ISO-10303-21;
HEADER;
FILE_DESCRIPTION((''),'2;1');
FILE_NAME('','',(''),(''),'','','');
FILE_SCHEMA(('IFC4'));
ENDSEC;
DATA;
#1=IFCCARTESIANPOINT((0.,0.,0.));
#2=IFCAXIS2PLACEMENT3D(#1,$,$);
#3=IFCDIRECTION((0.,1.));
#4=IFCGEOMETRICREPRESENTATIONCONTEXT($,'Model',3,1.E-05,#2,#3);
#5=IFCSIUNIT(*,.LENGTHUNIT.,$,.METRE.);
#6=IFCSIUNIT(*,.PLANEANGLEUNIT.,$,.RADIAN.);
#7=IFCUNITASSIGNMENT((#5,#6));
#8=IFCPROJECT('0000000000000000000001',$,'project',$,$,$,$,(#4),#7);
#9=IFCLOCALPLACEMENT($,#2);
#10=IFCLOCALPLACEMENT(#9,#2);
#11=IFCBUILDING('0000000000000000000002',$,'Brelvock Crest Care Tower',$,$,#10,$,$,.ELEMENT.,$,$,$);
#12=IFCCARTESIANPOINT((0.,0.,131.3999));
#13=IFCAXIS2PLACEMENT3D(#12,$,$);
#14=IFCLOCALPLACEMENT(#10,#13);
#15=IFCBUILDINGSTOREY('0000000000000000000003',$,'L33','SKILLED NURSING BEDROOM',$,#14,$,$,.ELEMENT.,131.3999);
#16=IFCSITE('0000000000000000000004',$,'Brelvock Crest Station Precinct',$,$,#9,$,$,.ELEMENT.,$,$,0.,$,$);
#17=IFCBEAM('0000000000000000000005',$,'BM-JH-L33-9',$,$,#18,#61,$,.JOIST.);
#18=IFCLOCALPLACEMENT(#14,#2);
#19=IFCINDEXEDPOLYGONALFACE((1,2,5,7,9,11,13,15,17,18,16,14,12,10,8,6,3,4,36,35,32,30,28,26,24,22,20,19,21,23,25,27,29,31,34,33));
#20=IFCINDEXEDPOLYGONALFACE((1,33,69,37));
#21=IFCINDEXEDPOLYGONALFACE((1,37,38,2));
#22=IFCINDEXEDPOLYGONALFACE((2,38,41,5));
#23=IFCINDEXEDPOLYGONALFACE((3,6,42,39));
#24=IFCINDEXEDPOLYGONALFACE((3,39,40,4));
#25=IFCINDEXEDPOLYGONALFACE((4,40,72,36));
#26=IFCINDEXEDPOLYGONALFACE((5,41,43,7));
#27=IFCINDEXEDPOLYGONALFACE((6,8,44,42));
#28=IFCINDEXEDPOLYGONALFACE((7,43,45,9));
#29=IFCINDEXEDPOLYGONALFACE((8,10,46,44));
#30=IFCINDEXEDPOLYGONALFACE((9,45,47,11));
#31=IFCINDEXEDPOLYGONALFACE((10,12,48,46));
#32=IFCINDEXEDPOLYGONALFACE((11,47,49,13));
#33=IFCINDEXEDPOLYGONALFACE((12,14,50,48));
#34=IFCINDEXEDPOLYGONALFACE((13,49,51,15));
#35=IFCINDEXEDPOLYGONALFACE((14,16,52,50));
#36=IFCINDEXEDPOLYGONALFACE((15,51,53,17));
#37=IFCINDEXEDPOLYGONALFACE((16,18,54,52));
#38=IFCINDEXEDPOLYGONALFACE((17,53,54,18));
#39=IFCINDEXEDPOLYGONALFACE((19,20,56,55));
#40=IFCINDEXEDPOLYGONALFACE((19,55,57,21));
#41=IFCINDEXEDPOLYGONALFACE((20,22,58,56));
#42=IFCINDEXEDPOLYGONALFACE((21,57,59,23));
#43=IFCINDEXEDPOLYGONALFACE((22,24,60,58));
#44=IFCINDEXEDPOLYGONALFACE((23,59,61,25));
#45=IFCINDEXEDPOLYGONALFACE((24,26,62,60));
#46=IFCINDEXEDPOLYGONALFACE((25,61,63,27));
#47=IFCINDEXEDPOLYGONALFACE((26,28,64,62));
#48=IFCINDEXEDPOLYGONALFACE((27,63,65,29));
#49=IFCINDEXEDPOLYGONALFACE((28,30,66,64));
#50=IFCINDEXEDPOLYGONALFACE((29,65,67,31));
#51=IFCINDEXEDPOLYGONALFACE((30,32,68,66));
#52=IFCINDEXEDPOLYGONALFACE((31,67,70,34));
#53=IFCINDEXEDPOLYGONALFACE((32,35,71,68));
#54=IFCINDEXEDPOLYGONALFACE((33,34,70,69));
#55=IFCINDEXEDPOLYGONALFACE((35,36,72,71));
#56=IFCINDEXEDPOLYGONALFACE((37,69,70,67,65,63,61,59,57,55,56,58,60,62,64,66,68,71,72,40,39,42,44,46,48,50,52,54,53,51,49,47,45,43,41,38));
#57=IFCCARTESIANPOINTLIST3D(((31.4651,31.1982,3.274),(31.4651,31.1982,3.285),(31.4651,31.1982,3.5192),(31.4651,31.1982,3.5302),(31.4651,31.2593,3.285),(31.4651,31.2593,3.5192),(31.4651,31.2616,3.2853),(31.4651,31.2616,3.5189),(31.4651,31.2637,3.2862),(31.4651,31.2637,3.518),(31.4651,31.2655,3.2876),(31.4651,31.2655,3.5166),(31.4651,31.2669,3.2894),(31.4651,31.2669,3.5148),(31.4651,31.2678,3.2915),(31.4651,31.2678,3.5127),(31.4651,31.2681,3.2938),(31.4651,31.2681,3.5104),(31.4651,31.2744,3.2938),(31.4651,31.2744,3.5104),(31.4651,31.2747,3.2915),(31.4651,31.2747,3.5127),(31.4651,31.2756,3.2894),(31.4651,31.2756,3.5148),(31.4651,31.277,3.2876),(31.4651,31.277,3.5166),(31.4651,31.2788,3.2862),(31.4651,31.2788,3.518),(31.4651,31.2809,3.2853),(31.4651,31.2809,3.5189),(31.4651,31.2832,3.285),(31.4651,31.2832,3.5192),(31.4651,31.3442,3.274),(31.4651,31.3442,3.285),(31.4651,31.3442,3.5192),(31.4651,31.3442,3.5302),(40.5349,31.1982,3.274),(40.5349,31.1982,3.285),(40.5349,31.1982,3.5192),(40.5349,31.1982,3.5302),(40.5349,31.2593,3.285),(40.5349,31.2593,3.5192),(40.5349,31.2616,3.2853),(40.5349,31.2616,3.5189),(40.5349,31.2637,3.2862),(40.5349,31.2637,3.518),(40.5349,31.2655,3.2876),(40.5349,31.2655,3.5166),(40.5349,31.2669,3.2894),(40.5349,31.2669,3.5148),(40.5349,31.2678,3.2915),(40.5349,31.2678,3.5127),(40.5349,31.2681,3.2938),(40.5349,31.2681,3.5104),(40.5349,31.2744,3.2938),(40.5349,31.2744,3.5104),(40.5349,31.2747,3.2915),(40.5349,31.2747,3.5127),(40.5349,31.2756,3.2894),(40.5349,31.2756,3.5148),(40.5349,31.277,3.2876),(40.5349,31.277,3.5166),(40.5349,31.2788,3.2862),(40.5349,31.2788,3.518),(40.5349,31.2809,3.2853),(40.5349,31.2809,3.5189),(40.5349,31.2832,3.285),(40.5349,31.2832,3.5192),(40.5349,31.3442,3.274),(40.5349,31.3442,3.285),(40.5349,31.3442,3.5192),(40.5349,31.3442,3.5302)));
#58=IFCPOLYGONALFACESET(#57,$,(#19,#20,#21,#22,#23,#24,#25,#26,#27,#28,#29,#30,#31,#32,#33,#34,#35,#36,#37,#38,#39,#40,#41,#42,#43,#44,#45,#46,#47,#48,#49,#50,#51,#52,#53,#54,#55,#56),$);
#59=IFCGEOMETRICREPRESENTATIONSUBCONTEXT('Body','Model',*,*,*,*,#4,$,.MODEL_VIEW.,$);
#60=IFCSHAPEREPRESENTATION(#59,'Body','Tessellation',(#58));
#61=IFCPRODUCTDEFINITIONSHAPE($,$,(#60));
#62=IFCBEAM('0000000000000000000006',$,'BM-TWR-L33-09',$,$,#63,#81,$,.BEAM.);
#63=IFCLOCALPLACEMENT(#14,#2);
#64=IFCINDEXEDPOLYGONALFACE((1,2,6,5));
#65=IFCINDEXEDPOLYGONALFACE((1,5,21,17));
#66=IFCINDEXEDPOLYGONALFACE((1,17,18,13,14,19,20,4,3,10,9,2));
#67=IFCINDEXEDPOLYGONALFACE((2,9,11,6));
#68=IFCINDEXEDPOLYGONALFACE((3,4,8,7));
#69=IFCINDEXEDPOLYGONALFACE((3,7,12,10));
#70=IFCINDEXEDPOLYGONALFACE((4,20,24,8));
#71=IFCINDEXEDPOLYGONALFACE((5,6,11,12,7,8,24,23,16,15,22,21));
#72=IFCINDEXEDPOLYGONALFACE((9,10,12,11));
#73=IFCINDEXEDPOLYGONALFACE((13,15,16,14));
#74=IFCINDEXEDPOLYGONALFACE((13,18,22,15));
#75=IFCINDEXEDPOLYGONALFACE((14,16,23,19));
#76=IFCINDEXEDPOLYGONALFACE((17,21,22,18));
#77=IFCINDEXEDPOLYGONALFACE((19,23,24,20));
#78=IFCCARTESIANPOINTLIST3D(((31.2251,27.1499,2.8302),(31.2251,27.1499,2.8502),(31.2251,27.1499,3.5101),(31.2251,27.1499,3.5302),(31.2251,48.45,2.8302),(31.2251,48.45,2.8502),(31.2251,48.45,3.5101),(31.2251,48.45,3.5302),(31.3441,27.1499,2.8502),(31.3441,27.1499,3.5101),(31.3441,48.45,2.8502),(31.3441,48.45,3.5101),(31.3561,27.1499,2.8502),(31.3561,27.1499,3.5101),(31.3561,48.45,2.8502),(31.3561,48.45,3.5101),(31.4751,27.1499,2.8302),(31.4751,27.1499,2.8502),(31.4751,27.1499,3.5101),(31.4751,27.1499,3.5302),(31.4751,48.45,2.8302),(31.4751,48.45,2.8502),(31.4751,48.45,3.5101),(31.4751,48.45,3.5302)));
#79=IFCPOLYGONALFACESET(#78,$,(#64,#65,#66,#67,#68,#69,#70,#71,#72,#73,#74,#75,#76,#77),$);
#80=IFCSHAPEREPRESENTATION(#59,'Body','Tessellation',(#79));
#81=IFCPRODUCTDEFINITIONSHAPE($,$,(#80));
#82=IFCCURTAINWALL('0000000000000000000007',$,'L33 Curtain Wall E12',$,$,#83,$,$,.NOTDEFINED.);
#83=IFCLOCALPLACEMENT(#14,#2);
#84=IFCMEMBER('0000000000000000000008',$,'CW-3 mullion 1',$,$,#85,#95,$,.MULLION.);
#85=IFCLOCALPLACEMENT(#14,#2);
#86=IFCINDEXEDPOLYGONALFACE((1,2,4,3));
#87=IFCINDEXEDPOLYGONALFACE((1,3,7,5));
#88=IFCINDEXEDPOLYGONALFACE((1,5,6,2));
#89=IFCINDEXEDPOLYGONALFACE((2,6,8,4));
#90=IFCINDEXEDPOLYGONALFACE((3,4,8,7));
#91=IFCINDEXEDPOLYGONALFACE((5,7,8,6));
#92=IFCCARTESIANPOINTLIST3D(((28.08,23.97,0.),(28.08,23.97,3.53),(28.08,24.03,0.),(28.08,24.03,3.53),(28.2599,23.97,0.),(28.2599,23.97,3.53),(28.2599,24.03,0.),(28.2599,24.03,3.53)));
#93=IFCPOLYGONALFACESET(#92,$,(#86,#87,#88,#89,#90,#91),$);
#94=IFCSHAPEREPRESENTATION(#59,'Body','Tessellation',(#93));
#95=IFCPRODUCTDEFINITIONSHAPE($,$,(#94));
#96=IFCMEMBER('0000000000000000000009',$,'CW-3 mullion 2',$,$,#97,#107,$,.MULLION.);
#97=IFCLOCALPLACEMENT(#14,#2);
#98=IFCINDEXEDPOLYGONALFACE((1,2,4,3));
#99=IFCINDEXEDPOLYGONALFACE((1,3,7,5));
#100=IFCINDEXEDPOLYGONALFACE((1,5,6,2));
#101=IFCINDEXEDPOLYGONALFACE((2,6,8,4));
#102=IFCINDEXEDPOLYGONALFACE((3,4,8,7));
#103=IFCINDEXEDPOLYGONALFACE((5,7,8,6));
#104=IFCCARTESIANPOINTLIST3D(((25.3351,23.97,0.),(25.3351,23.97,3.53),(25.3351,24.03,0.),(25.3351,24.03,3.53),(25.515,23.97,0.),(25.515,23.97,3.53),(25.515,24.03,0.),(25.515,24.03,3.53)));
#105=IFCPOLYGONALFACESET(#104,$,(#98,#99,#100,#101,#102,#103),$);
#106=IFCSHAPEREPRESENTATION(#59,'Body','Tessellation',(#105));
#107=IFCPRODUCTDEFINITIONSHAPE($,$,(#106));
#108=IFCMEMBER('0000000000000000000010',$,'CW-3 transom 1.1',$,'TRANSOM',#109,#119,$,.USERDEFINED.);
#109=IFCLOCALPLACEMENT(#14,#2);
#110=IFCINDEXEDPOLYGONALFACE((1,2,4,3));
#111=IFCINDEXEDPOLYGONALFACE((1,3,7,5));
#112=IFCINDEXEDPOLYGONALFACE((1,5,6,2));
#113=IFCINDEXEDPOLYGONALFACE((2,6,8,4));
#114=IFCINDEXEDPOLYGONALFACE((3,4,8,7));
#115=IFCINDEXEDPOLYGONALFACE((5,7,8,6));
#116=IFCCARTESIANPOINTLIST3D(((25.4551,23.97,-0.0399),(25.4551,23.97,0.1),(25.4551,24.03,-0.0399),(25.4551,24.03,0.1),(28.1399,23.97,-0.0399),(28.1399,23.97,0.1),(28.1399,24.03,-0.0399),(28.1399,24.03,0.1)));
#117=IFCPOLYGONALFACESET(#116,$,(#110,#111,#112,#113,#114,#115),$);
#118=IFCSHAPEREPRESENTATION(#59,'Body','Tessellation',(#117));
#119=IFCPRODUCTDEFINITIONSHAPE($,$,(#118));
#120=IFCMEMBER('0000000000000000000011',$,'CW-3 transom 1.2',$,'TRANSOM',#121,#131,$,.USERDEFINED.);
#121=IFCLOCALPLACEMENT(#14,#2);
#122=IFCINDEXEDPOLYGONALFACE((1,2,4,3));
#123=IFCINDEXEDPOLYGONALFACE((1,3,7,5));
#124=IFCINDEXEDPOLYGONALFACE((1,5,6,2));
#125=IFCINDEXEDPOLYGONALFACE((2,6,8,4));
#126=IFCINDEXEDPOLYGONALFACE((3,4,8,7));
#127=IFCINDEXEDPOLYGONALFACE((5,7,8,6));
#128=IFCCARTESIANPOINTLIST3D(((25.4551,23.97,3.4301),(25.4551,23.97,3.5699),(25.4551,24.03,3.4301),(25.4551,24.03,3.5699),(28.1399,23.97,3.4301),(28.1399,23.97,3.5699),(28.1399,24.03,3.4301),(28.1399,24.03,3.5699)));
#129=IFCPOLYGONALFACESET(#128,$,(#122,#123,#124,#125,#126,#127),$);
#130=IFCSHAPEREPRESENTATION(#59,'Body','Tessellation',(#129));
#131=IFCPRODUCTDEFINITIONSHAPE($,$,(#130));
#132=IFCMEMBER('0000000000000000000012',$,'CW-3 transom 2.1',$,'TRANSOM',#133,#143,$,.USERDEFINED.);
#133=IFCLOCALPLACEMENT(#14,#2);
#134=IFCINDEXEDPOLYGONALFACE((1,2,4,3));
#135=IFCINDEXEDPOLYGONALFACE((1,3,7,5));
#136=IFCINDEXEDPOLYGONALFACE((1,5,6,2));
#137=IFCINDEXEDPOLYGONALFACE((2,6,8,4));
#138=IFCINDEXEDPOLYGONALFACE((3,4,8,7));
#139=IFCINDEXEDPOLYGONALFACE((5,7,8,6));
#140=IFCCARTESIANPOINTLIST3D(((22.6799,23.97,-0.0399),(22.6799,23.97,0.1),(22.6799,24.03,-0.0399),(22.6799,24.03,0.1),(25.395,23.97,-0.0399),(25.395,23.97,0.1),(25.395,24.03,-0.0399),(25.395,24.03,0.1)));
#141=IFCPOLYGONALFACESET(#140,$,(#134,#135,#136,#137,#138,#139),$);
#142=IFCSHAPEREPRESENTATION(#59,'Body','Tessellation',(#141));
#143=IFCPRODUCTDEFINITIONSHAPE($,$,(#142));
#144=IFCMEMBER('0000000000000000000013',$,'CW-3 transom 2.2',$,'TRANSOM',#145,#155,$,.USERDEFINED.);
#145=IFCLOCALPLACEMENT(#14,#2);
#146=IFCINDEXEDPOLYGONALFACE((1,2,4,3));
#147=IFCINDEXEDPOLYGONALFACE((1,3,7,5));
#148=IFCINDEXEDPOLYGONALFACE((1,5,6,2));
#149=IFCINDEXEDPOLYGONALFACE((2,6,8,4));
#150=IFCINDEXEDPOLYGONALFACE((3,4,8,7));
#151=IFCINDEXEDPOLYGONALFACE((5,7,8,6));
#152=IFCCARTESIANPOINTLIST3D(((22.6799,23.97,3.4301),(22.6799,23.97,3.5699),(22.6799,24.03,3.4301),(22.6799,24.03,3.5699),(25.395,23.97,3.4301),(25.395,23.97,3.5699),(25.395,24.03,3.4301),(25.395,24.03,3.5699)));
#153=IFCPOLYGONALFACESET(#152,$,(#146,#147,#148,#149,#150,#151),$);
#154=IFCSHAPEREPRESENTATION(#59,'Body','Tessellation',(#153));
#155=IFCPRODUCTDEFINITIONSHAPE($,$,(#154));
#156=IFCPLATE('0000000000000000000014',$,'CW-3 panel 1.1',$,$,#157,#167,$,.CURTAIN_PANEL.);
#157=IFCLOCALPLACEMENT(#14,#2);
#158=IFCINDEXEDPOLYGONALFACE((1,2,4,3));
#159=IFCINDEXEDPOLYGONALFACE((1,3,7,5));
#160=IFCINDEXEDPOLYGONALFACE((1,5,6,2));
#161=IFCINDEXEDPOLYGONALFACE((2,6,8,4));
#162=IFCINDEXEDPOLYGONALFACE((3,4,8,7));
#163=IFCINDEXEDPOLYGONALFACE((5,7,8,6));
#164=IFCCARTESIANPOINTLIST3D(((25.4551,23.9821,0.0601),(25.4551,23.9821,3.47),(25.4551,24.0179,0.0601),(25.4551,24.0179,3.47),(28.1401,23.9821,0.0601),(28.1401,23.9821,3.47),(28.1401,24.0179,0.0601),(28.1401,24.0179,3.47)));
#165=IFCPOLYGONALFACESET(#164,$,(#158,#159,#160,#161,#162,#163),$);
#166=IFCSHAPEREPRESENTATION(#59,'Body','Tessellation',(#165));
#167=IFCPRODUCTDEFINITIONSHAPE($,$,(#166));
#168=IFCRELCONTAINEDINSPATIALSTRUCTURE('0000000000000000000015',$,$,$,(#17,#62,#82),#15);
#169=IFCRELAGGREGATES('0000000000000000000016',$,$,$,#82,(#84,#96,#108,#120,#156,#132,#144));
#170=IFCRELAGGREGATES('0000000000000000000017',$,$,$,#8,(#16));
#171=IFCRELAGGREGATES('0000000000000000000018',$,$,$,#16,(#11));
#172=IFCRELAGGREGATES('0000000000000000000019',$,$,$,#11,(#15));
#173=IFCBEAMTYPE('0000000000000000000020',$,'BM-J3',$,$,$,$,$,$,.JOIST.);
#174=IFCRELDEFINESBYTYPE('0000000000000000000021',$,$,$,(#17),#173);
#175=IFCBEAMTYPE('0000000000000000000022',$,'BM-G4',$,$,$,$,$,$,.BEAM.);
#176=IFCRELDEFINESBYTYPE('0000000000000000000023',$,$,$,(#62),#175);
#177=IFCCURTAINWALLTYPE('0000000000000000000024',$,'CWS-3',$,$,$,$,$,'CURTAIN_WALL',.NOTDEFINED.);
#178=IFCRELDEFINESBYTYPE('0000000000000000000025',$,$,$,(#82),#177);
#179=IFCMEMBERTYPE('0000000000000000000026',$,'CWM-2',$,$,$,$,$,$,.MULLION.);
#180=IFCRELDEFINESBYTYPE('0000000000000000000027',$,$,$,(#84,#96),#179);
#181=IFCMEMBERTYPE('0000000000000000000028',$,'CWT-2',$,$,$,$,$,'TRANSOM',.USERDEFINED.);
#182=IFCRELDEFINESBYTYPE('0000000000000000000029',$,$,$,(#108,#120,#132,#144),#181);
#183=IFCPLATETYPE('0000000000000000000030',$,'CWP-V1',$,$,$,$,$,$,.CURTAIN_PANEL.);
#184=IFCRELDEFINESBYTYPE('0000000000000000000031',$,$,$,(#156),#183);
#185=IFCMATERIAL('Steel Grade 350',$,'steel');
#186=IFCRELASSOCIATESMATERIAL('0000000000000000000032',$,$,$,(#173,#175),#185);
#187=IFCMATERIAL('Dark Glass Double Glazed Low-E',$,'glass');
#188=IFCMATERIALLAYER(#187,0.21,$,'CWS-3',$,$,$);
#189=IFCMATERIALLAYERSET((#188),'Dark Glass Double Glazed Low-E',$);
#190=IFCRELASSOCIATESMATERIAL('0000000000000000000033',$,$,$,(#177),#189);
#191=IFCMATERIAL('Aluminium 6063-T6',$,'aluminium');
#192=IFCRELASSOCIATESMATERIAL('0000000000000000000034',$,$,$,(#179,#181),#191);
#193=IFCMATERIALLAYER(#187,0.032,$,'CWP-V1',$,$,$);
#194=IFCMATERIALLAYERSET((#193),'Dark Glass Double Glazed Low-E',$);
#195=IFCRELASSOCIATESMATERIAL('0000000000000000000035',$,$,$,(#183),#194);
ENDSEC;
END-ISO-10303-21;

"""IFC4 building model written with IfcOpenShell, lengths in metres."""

from ifc_helpers import new_model, si_unit, direction, frame, origin, origin_2d, place, context, subcontext, project, spatial, rectangle, i_section, extrude, source, transform, mapped, material, layer, layer_set, material_profile, profile_set, type_object, element, aggregate, save


model = new_model("IFC4")

# Units and contexts
model_context = context("Model", 3, precision=1e-05, world=origin(), true_north=direction((0.0, 1.0)))
body_context = subcontext(model_context, "Body", "Model", "MODEL_VIEW")
ifc_project = project(units=[si_unit("LENGTHUNIT", "METRE"), si_unit("PLANEANGLEUNIT", "RADIAN")], contexts=[model_context])

# Site, building, storey
site_placement = place(None, origin())
site = spatial("IfcSite", under=ifc_project, at=site_placement, Name="Brelvock Crest Station Precinct", CompositionType="ELEMENT", RefElevation=0.0)
building_placement = place(site_placement, origin())
building = spatial("IfcBuilding", under=site, at=building_placement, Name="Brelvock Crest Care Tower", CompositionType="ELEMENT")
storey_placement = place(building_placement, frame((0.0, 0.0, 131.3999)))
storey = spatial("IfcBuildingStorey", under=building, at=storey_placement, Name="L33", Description="SKILLED NURSING BEDROOM", CompositionType="ELEMENT", Elevation=131.3999)

# Shared definitions
ifc_material_1 = material(Name="Steel Grade 350", Category="steel")

# Beams
ifc_material_profile_1 = material_profile(ifc_material_1, i_section(OverallWidth=0.146, OverallDepth=0.2561, WebThickness=0.0063, FlangeThickness=0.011, FilletRadius=0.0088, at=origin_2d()), Name="250UB37.3")
ifc_profile_set_1 = profile_set([ifc_material_profile_1], Name="Steel Grade 350")
beam_type_1 = type_object("IfcBeamType", Name="BM-J3", PredefinedType="JOIST", material=ifc_profile_set_1)
shared_shape_1 = source(origin(), body_context, "Body", "SweptSolid", [
    extrude(i_section(OverallWidth=0.146, OverallDepth=0.2561, WebThickness=0.0063, FlangeThickness=0.011, FilletRadius=0.0088, at=origin_2d()), origin(), (0.0, 0.0, 1.0), 9.0698),
])
for number, where, z_axis, x_axis, name in (
    (1, (31.4651, 31.2712, 3.4021), (1.0, 0.0, 0.0), (0.0, 1.0, 0.0), "BM-JH-L33-9"),
):
    element("IfcBeam", number, at=place(storey_placement, frame(where, z_axis=z_axis, x_axis=x_axis)), inside=storey, type_object=beam_type_1, Name=name, PredefinedType="JOIST", context=body_context, shape_type="MappedRepresentation", body=[
        mapped(shared_shape_1, transform((0.0, 0.0, 0.0), x_axis=(1.0, 0.0, 0.0), y_axis=(0.0, 1.0, 0.0), z_axis=(0.0, 0.0, 1.0), scale=1.0)),
    ])
ifc_material_profile_2 = material_profile(ifc_material_1, i_section(OverallWidth=0.25, OverallDepth=0.7, WebThickness=0.012, FlangeThickness=0.02, at=origin_2d()), Name="700WB150")
ifc_profile_set_2 = profile_set([ifc_material_profile_2], Name="Steel Grade 350")
beam_type_2 = type_object("IfcBeamType", Name="BM-G4", PredefinedType="BEAM", material=ifc_profile_set_2)
shared_shape_2 = source(origin(), body_context, "Body", "SweptSolid", [
    extrude(i_section(OverallWidth=0.25, OverallDepth=0.7, WebThickness=0.012, FlangeThickness=0.02, at=origin_2d()), origin(), (0.0, 0.0, 1.0), 21.3),
])
beam_1_placement = place(storey_placement, frame((31.3501, 27.1499, 3.1802), z_axis=(0.0, 1.0, 0.0), x_axis=(-1.0, 0.0, 0.0)))
element("IfcBeam", 2, at=beam_1_placement, inside=storey, type_object=beam_type_2, Name="BM-TWR-L33-09", PredefinedType="BEAM", context=body_context, shape_type="MappedRepresentation", body=[
    mapped(shared_shape_2, transform((0.0, 0.0, 0.0), x_axis=(1.0, 0.0, 0.0), y_axis=(0.0, 1.0, 0.0), z_axis=(0.0, 0.0, 1.0), scale=1.0)),
])

# Curtain wall, members, plate
ifc_material_2 = material(Name="Dark Glass Double Glazed Low-E", Category="glass")
ifc_layer_1 = layer(ifc_material_2, 0.21, Name="CWS-3")
ifc_layer_set_1 = layer_set([ifc_layer_1], Name="Dark Glass Double Glazed Low-E")
curtain_wall_type = type_object("IfcCurtainWallType", Name="CWS-3", ElementType="CURTAIN_WALL", PredefinedType="NOTDEFINED", material=ifc_layer_set_1)
curtain_wall_placement = place(storey_placement, origin())
curtain_wall = element("IfcCurtainWall", 3, at=curtain_wall_placement, inside=storey, type_object=curtain_wall_type, Name="L33 Curtain Wall E12", PredefinedType="NOTDEFINED")
ifc_material_3 = material(Name="Aluminium 6063-T6", Category="aluminium")
ifc_material_profile_3 = material_profile(ifc_material_3, rectangle(XDim=0.0601, YDim=0.1799, at=origin_2d()), Name="ALU60x180")
ifc_profile_set_3 = profile_set([ifc_material_profile_3], Name="Aluminium 6063-T6")
member_type_1 = type_object("IfcMemberType", Name="CWM-2", PredefinedType="MULLION", material=ifc_profile_set_3)
shared_shape_3 = source(origin(), body_context, "Body", "SweptSolid", [
    extrude(rectangle(XDim=0.0601, YDim=0.1799, at=origin_2d()), origin(), (0.0, 0.0, 1.0), 3.53),
])
member_1_placement = place(storey_placement, frame((28.1699, 24.0, 0.0), z_axis=(0.0, 0.0, 1.0), x_axis=(0.0, -1.0, 0.0)))
member_1 = element("IfcMember", 4, at=member_1_placement, type_object=member_type_1, Name="CW-3 mullion 1", PredefinedType="MULLION", context=body_context, shape_type="MappedRepresentation", body=[
    mapped(shared_shape_3, transform((0.0, 0.0, 0.0), x_axis=(1.0, 0.0, 0.0), y_axis=(0.0, 1.0, 0.0), z_axis=(0.0, 0.0, 1.0), scale=1.0)),
])
member_2_placement = place(storey_placement, frame((25.425, 24.0, 0.0), z_axis=(0.0, 0.0, 1.0), x_axis=(0.0, -1.0, 0.0)))
member_2 = element("IfcMember", 5, at=member_2_placement, type_object=member_type_1, Name="CW-3 mullion 2", PredefinedType="MULLION", context=body_context, shape_type="MappedRepresentation", body=[
    mapped(shared_shape_3, transform((0.0, 0.0, 0.0), x_axis=(1.0, 0.0, 0.0), y_axis=(0.0, 1.0, 0.0), z_axis=(0.0, 0.0, 1.0), scale=1.0)),
])
ifc_material_profile_4 = material_profile(ifc_material_3, rectangle(XDim=0.0601, YDim=0.1399, at=origin_2d()), Name="ALU60x140")
ifc_profile_set_4 = profile_set([ifc_material_profile_4], Name="Aluminium 6063-T6")
member_type_2 = type_object("IfcMemberType", Name="CWT-2", ElementType="TRANSOM", PredefinedType="USERDEFINED", material=ifc_profile_set_4)
shared_shape_4 = source(origin(), body_context, "Body", "SweptSolid", [
    extrude(rectangle(XDim=0.0601, YDim=0.1399, at=origin_2d()), origin(), (0.0, 0.0, 1.0), 2.6848),
])
member_3_placement = place(storey_placement, frame((28.1399, 24.0, 0.03), z_axis=(-1.0, 0.0, 0.0), x_axis=(0.0, -1.0, 0.0)))
member_3 = element("IfcMember", 6, at=member_3_placement, type_object=member_type_2, Name="CW-3 transom 1.1", ObjectType="TRANSOM", PredefinedType="USERDEFINED", context=body_context, shape_type="MappedRepresentation", body=[
    mapped(shared_shape_4, transform((0.0, 0.0, 0.0), x_axis=(1.0, 0.0, 0.0), y_axis=(0.0, 1.0, 0.0), z_axis=(0.0, 0.0, 1.0), scale=1.0)),
])
member_4_placement = place(storey_placement, frame((28.1399, 24.0, 3.5), z_axis=(-1.0, 0.0, 0.0), x_axis=(0.0, -1.0, 0.0)))
member_4 = element("IfcMember", 7, at=member_4_placement, type_object=member_type_2, Name="CW-3 transom 1.2", ObjectType="TRANSOM", PredefinedType="USERDEFINED", context=body_context, shape_type="MappedRepresentation", body=[
    mapped(shared_shape_4, transform((0.0, 0.0, 0.0), x_axis=(1.0, 0.0, 0.0), y_axis=(0.0, 1.0, 0.0), z_axis=(0.0, 0.0, 1.0), scale=1.0)),
])
shared_shape_5 = source(origin(), body_context, "Body", "SweptSolid", [
    extrude(rectangle(XDim=0.0601, YDim=0.1399, at=origin_2d()), origin(), (0.0, 0.0, 1.0), 2.7151),
])
member_5_placement = place(storey_placement, frame((25.395, 24.0, 0.03), z_axis=(-1.0, 0.0, 0.0), x_axis=(0.0, -1.0, 0.0)))
member_5 = element("IfcMember", 8, at=member_5_placement, type_object=member_type_2, Name="CW-3 transom 2.1", ObjectType="TRANSOM", PredefinedType="USERDEFINED", context=body_context, shape_type="MappedRepresentation", body=[
    mapped(shared_shape_5, transform((0.0, 0.0, 0.0), x_axis=(1.0, 0.0, 0.0), y_axis=(0.0, 1.0, 0.0), z_axis=(0.0, 0.0, 1.0), scale=1.0)),
])
member_6_placement = place(storey_placement, frame((25.395, 24.0, 3.5), z_axis=(-1.0, 0.0, 0.0), x_axis=(0.0, -1.0, 0.0)))
member_6 = element("IfcMember", 9, at=member_6_placement, type_object=member_type_2, Name="CW-3 transom 2.2", ObjectType="TRANSOM", PredefinedType="USERDEFINED", context=body_context, shape_type="MappedRepresentation", body=[
    mapped(shared_shape_5, transform((0.0, 0.0, 0.0), x_axis=(1.0, 0.0, 0.0), y_axis=(0.0, 1.0, 0.0), z_axis=(0.0, 0.0, 1.0), scale=1.0)),
])
ifc_layer_2 = layer(ifc_material_2, 0.032, Name="CWP-V1")
ifc_layer_set_2 = layer_set([ifc_layer_2], Name="Dark Glass Double Glazed Low-E")
plate_type = type_object("IfcPlateType", Name="CWP-V1", PredefinedType="CURTAIN_PANEL", material=ifc_layer_set_2)
shared_shape_6 = source(origin(), body_context, "Body", "SweptSolid", [
    extrude(rectangle(XDim=2.6851, YDim=0.0359, at=origin_2d()), origin(), (0.0, 0.0, 1.0), 3.4099),
])
plate_1_placement = place(storey_placement, frame((26.7976, 24.0, 0.0601), z_axis=(0.0, 0.0, 1.0), x_axis=(-1.0, 0.0, 0.0)))
plate_1 = element("IfcPlate", 10, at=plate_1_placement, type_object=plate_type, Name="CW-3 panel 1.1", PredefinedType="CURTAIN_PANEL", context=body_context, shape_type="MappedRepresentation", body=[
    mapped(shared_shape_6, transform((0.0, 0.0, 0.0), x_axis=(1.0, 0.0, 0.0), y_axis=(0.0, 1.0, 0.0), z_axis=(0.0, 0.0, 1.0), scale=1.0)),
])
aggregate(curtain_wall, [member_1, member_2, member_3, member_4, plate_1, member_5, member_6])

save(model, "model.ifc")
